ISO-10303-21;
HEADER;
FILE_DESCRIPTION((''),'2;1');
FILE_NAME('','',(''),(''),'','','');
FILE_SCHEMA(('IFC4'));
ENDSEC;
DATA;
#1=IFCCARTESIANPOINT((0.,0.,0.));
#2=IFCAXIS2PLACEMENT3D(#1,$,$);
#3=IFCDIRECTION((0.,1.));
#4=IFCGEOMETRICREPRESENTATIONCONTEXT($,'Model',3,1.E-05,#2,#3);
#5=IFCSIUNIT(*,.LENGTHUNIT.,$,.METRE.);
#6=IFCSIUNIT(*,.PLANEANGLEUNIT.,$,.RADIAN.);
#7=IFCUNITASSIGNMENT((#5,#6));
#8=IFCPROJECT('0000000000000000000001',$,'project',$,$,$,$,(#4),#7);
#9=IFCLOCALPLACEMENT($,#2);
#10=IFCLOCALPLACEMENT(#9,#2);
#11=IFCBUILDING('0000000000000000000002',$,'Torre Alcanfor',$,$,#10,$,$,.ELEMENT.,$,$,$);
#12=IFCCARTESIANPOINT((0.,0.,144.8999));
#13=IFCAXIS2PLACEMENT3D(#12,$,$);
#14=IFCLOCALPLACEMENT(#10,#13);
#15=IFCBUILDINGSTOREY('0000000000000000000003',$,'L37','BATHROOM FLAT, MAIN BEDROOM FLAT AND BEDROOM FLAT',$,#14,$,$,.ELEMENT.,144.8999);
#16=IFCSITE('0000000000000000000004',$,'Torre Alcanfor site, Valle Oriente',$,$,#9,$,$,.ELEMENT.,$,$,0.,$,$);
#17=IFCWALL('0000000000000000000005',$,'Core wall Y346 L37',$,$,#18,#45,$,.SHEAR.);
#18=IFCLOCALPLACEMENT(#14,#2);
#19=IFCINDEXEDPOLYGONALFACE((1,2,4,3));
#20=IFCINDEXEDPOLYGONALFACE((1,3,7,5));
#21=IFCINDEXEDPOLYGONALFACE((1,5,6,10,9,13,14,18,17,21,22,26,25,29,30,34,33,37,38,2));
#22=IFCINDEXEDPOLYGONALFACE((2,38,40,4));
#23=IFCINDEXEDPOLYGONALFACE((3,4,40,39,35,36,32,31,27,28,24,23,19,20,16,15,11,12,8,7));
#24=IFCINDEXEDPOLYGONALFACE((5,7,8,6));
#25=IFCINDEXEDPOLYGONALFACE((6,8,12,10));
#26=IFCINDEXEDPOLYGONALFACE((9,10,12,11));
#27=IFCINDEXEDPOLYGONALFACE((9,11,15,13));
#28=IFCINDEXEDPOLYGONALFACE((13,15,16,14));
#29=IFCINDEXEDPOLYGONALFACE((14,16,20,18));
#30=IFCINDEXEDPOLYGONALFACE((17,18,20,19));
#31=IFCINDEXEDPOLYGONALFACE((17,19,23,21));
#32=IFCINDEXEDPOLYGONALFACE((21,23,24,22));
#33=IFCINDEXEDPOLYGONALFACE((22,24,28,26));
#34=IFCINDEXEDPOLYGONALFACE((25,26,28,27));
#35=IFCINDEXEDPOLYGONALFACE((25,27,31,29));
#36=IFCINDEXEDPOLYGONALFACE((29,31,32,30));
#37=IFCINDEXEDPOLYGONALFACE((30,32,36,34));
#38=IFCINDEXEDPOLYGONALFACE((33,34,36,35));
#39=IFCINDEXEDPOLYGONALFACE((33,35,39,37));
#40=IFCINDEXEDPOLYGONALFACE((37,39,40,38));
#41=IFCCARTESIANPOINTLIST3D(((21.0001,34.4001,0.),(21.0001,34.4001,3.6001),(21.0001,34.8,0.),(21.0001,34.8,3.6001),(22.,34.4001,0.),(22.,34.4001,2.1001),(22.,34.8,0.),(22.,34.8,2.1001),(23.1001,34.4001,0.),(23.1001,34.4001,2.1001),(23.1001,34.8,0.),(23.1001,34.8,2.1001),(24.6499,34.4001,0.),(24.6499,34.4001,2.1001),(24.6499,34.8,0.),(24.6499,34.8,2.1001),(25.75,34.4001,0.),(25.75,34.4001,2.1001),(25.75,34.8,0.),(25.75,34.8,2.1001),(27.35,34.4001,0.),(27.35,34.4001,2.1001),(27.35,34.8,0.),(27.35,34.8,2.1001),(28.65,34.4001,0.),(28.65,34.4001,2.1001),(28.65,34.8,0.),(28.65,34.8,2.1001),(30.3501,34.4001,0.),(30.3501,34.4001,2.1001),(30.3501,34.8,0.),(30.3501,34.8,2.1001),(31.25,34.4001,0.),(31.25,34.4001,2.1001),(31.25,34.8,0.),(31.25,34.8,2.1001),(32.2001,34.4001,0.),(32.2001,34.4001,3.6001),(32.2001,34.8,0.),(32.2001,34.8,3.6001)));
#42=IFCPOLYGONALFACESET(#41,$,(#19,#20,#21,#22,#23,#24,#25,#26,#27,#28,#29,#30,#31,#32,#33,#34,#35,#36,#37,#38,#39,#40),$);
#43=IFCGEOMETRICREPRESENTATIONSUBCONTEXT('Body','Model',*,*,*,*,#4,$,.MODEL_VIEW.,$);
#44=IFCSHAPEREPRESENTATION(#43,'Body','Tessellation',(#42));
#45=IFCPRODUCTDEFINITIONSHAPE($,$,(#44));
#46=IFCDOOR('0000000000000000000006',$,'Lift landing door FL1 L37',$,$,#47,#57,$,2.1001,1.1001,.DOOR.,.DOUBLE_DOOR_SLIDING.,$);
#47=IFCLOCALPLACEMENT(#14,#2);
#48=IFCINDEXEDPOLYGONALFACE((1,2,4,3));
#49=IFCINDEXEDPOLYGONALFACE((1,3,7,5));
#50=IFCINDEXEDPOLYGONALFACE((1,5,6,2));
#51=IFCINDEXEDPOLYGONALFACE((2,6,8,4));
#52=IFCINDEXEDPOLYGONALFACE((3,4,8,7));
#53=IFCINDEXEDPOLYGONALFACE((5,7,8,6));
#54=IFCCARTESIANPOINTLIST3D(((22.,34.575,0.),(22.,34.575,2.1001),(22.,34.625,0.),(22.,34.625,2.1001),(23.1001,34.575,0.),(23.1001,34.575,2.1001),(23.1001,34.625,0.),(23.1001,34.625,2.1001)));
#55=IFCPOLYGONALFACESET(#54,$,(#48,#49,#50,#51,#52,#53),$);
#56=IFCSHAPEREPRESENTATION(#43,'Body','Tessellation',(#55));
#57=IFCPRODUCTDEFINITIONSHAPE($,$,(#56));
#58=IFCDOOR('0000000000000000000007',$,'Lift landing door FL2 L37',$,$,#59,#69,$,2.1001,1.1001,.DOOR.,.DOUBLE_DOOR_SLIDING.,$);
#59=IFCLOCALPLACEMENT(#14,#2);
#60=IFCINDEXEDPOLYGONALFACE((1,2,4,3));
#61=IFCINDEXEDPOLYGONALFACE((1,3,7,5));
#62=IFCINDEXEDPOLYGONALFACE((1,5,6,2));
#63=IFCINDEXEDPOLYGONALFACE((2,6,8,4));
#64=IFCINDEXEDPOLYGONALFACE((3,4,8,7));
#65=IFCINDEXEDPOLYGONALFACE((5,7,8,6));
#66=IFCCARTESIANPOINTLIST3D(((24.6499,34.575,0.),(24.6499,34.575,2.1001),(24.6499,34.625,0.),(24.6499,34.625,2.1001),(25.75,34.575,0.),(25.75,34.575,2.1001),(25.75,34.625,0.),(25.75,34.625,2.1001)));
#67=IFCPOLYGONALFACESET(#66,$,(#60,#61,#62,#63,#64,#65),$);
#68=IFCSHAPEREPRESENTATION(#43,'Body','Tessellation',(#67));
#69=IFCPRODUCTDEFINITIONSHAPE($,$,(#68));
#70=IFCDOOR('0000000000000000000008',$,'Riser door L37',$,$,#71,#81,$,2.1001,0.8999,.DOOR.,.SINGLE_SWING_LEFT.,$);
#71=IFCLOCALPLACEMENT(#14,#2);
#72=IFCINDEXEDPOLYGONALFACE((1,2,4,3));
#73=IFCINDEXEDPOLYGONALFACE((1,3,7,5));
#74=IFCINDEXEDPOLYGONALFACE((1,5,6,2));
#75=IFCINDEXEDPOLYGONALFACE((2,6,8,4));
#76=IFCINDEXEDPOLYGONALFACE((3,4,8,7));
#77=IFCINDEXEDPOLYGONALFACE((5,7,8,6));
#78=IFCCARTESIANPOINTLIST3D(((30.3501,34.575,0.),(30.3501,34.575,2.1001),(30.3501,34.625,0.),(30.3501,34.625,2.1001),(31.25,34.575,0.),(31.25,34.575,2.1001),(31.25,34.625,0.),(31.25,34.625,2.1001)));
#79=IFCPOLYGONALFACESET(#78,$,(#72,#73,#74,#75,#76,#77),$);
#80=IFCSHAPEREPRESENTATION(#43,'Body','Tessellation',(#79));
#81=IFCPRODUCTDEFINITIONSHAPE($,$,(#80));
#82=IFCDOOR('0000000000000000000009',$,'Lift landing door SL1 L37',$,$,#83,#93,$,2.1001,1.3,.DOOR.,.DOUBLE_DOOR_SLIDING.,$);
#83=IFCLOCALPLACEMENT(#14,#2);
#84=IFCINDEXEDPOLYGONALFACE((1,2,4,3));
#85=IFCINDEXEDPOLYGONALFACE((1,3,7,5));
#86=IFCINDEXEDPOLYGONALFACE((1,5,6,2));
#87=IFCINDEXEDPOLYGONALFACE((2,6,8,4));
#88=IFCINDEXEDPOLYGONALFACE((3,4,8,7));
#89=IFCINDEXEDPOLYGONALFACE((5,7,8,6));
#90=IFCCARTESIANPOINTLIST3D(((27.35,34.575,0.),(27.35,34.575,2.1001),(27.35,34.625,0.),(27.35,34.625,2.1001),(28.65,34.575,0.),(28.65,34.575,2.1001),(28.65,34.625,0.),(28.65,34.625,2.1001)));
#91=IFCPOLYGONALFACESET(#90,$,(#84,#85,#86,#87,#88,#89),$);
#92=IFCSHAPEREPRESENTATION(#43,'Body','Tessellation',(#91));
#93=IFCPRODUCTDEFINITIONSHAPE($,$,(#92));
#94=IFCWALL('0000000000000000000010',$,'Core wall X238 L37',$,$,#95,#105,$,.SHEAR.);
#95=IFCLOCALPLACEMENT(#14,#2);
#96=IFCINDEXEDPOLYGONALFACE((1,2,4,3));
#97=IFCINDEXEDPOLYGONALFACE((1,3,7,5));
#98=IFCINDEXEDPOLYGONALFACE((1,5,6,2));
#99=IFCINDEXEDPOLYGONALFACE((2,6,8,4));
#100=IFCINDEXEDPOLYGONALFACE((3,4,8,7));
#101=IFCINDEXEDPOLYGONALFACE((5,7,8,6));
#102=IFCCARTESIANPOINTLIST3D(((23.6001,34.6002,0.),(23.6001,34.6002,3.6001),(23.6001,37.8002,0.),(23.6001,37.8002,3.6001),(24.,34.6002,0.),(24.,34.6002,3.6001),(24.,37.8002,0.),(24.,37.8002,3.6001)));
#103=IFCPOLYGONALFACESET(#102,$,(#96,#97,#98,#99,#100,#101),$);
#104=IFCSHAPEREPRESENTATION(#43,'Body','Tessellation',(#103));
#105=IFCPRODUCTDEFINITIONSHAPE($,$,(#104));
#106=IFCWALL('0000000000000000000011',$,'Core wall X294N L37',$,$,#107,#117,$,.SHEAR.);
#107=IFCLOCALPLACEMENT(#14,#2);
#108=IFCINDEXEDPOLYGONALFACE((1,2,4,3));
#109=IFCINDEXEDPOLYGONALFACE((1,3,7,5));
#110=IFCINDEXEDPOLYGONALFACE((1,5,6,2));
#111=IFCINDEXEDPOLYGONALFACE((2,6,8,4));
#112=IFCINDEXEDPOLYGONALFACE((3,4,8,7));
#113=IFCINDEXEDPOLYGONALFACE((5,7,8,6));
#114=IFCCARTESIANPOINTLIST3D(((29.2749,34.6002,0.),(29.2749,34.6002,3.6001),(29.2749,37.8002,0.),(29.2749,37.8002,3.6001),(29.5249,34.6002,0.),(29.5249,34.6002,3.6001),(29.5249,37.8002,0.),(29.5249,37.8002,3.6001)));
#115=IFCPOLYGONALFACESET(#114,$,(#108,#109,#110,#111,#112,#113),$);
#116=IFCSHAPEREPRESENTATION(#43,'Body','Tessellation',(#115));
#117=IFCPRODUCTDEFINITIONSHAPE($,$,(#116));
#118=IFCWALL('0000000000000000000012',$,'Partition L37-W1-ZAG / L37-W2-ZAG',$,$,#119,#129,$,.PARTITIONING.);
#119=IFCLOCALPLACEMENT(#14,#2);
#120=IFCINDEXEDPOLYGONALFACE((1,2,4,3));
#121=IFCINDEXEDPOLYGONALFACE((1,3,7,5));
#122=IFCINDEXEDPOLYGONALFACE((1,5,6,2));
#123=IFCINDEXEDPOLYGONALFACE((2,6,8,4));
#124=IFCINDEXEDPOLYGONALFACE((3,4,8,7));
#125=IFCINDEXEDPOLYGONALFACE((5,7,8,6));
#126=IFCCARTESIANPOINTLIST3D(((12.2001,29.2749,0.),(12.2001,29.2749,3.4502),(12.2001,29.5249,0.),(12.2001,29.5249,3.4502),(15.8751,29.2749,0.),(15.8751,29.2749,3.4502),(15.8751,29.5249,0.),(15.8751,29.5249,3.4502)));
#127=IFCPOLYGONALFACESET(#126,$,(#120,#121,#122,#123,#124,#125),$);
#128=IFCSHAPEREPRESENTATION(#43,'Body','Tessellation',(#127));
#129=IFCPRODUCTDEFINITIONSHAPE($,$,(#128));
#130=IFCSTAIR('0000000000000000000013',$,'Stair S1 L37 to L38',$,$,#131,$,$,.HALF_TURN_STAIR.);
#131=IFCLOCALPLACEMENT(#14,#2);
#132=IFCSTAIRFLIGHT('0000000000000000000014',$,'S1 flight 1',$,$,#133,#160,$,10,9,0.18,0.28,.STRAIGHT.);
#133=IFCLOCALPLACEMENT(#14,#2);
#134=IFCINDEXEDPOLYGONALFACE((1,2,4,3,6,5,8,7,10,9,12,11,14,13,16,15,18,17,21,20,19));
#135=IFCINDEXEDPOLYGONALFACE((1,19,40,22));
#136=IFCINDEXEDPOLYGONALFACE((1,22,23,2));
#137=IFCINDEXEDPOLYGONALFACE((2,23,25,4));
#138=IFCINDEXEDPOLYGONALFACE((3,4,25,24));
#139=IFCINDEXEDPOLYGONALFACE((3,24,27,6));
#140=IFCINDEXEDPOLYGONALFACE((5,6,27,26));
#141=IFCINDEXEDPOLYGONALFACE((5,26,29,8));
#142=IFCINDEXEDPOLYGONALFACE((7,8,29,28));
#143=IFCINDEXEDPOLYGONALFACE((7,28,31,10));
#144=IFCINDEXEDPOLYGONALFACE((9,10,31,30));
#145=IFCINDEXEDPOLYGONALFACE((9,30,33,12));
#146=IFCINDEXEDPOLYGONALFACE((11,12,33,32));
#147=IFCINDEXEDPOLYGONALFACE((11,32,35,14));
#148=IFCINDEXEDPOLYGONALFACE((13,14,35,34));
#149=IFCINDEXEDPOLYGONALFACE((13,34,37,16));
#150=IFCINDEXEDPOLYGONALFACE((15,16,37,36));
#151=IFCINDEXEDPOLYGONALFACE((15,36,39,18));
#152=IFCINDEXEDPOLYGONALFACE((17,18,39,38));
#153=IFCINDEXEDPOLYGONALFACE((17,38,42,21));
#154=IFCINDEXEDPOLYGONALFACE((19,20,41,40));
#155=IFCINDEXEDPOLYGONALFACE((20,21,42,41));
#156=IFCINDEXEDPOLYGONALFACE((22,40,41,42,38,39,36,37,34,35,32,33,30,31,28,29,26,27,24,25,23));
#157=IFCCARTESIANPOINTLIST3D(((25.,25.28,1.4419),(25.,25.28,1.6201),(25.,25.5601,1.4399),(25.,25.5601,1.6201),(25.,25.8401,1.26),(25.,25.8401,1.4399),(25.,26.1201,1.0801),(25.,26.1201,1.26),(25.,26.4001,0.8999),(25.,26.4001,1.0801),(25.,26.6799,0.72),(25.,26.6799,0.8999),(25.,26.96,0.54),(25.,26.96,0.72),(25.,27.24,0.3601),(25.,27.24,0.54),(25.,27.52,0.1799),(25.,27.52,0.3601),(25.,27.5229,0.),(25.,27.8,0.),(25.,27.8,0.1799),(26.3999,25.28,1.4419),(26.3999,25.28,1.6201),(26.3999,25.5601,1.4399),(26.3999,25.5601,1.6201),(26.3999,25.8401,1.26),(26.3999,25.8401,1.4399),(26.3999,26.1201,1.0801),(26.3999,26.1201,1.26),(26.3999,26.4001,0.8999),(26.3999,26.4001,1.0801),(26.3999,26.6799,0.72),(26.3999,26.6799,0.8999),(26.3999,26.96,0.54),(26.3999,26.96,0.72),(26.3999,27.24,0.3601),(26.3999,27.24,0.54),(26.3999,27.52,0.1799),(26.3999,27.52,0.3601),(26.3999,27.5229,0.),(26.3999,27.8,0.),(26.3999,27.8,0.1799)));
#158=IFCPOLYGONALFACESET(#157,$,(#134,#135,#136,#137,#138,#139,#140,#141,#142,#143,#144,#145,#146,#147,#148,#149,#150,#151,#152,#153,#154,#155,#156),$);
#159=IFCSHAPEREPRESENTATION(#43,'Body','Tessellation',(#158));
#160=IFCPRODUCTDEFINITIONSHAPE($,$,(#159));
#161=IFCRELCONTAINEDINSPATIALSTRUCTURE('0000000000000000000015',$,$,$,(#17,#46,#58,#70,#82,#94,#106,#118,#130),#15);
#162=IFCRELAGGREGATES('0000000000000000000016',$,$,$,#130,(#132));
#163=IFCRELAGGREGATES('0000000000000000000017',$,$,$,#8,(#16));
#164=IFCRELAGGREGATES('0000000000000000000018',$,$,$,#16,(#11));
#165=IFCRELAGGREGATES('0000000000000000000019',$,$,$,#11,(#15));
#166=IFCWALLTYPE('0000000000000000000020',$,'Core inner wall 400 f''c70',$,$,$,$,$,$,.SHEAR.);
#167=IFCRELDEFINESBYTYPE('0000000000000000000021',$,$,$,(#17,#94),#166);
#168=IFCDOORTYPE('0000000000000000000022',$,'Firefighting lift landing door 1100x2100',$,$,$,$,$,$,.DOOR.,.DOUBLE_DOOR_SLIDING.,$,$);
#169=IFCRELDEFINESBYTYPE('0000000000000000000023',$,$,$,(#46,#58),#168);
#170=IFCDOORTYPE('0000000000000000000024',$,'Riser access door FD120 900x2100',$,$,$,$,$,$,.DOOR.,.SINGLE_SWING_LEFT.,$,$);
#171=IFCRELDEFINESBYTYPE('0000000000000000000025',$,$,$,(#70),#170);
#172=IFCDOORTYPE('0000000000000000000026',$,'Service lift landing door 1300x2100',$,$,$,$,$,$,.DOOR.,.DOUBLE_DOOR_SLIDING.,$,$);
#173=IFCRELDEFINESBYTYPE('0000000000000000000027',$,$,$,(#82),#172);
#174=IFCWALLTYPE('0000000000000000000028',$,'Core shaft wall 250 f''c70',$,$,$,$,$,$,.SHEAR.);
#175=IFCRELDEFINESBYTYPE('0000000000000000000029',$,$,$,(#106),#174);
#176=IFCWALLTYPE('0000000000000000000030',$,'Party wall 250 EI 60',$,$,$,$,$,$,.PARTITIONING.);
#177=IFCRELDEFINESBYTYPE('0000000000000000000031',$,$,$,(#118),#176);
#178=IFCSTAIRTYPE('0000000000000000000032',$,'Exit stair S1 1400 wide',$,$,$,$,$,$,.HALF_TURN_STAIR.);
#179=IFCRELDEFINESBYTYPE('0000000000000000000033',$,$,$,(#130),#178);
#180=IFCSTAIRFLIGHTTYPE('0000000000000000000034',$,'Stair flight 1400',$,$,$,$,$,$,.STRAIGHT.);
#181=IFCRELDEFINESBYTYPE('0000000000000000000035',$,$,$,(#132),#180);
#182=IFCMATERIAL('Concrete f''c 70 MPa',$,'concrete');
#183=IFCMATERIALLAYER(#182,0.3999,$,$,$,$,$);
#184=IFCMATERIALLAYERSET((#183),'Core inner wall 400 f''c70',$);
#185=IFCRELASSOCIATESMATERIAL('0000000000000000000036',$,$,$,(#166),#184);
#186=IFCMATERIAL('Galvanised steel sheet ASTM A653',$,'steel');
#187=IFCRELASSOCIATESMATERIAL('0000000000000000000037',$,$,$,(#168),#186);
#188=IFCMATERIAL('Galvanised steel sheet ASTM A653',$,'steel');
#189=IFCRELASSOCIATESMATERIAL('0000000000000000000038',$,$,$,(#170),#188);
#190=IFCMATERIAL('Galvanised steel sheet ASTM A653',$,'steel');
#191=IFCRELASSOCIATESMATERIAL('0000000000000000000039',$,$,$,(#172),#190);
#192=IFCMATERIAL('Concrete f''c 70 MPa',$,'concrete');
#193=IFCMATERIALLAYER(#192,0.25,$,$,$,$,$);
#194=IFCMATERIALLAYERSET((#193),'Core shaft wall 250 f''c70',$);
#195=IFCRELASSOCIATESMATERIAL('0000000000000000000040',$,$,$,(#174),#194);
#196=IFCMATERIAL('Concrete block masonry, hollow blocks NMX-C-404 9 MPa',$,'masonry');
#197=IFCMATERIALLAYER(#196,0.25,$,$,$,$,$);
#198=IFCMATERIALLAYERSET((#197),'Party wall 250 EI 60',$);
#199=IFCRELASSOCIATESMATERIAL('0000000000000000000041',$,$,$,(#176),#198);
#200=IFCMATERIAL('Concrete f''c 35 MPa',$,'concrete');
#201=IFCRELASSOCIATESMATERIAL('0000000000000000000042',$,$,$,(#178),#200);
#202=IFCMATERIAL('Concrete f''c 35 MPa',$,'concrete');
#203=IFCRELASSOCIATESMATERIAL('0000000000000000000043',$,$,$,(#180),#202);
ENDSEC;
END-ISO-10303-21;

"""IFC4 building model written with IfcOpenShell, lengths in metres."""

from ifc_helpers import new_model, si_unit, direction, frame, frame_2d, origin, place, context, subcontext, project, spatial, polyline, rectangle, outline, extrude, material, layer, layer_set, type_object, element, fill, aggregate, save


model = new_model("IFC4")

# Units and contexts
model_context = context("Model", 3, precision=1e-05, world=origin(), true_north=direction((0.0, 1.0)))
body_context = subcontext(model_context, "Body", "Model", "MODEL_VIEW")
ifc_project = project(units=[si_unit("LENGTHUNIT", "METRE"), si_unit("PLANEANGLEUNIT", "RADIAN")], contexts=[model_context])

# Site, building, storey
site_placement = place(None, origin())
site = spatial("IfcSite", under=ifc_project, at=site_placement, Name="Torre Alcanfor site, Valle Oriente", CompositionType="ELEMENT", RefElevation=0.0)
building_placement = place(site_placement, origin())
building = spatial("IfcBuilding", under=site, at=building_placement, Name="Torre Alcanfor", CompositionType="ELEMENT")
storey_placement = place(building_placement, frame((0.0, 0.0, 144.8999)))
storey = spatial("IfcBuildingStorey", under=building, at=storey_placement, Name="L37", Description="BATHROOM FLAT, MAIN BEDROOM FLAT AND BEDROOM FLAT", CompositionType="ELEMENT", Elevation=144.8999)

# Shared definitions
ifc_material_1 = material(Name="Concrete f'c 70 MPa", Category="concrete")
ifc_layer_1 = layer(ifc_material_1, 0.3999)
ifc_layer_set_1 = layer_set([ifc_layer_1], Name="Core inner wall 400 f'c70")
wall_type_1 = type_object("IfcWallType", Name="Core inner wall 400 f'c70", PredefinedType="SHEAR", material=ifc_layer_set_1)

# Wall, openings, doors
wall_1_placement = place(storey_placement, frame((21.0, 34.6001, 0.0), z_axis=(0.0, 0.0, 1.0), x_axis=(1.0, 0.0, 0.0)))
wall_1 = element("IfcWall", 1, at=wall_1_placement, inside=storey, type_object=wall_type_1, Name="Core wall Y346 L37", PredefinedType="SHEAR", context=body_context, shape_type="SweptSolid", body=[
    extrude(rectangle(XDim=11.2, YDim=0.3999, at=frame_2d((5.6001, 0.0))), origin(), (0.0, 0.0, 1.0), 3.6001),
])
opening_1_placement = place(wall_1_placement, frame((9.3501, 0.0, 0.0)))
opening_1 = element("IfcOpeningElement", 2, at=opening_1_placement, cuts=wall_1, PredefinedType="OPENING", context=body_context, shape_type="SweptSolid", body=[
    extrude(rectangle(XDim=0.8999, YDim=2.1001, at=frame_2d((0.45, 1.05))), frame((0.0, 0.21, 0.0), z_axis=(0.0, -1.0, 0.0), x_axis=(1.0, 0.0, 0.0)), (0.0, 0.0, 1.0), 0.4199),
])
opening_2_placement = place(wall_1_placement, frame((1.0, 0.0, 0.0)))
opening_2 = element("IfcOpeningElement", 3, at=opening_2_placement, cuts=wall_1, PredefinedType="OPENING", context=body_context, shape_type="SweptSolid", body=[
    extrude(rectangle(XDim=1.1001, YDim=2.1001, at=frame_2d((0.55, 1.05))), frame((0.0, 0.21, 0.0), z_axis=(0.0, -1.0, 0.0), x_axis=(1.0, 0.0, 0.0)), (0.0, 0.0, 1.0), 0.4199),
])
opening_3_placement = place(wall_1_placement, frame((3.6499, 0.0, 0.0)))
opening_3 = element("IfcOpeningElement", 4, at=opening_3_placement, cuts=wall_1, PredefinedType="OPENING", context=body_context, shape_type="SweptSolid", body=[
    extrude(rectangle(XDim=1.1001, YDim=2.1001, at=frame_2d((0.55, 1.05))), frame((0.0, 0.21, 0.0), z_axis=(0.0, -1.0, 0.0), x_axis=(1.0, 0.0, 0.0)), (0.0, 0.0, 1.0), 0.4199),
])
opening_4_placement = place(wall_1_placement, frame((6.3501, 0.0, 0.0)))
opening_4 = element("IfcOpeningElement", 5, at=opening_4_placement, cuts=wall_1, PredefinedType="OPENING", context=body_context, shape_type="SweptSolid", body=[
    extrude(rectangle(XDim=1.3, YDim=2.1001, at=frame_2d((0.6499, 1.05))), frame((0.0, 0.21, 0.0), z_axis=(0.0, -1.0, 0.0), x_axis=(1.0, 0.0, 0.0)), (0.0, 0.0, 1.0), 0.4199),
])
ifc_material_2 = material(Name="Galvanised steel sheet ASTM A653", Category="steel")
door_type_1 = type_object("IfcDoorType", Name="Firefighting lift landing door 1100x2100", OperationType="DOUBLE_DOOR_SLIDING", PredefinedType="DOOR", material=ifc_material_2)
door_1_placement = place(opening_2_placement, origin())
door_1 = element("IfcDoor", 6, at=door_1_placement, inside=storey, type_object=door_type_1, Name="Lift landing door FL1 L37", OperationType="DOUBLE_DOOR_SLIDING", OverallHeight=2.1001, OverallWidth=1.1001, PredefinedType="DOOR", context=body_context, shape_type="SweptSolid", body=[
    extrude(rectangle(XDim=1.1001, YDim=2.1001, at=frame_2d((0.55, 1.05))), frame((0.0, 0.0249, 0.0), z_axis=(0.0, -1.0, 0.0), x_axis=(1.0, 0.0, 0.0)), (0.0, 0.0, 1.0), 0.05),
])
fill(opening_2, door_1)
door_2_placement = place(opening_3_placement, origin())
door_2 = element("IfcDoor", 7, at=door_2_placement, inside=storey, type_object=door_type_1, Name="Lift landing door FL2 L37", OperationType="DOUBLE_DOOR_SLIDING", OverallHeight=2.1001, OverallWidth=1.1001, PredefinedType="DOOR", context=body_context, shape_type="SweptSolid", body=[
    extrude(rectangle(XDim=1.1001, YDim=2.1001, at=frame_2d((0.55, 1.05))), frame((0.0, 0.0249, 0.0), z_axis=(0.0, -1.0, 0.0), x_axis=(1.0, 0.0, 0.0)), (0.0, 0.0, 1.0), 0.05),
])
fill(opening_3, door_2)
ifc_material_3 = material(Name="Galvanised steel sheet ASTM A653", Category="steel")
door_type_2 = type_object("IfcDoorType", Name="Riser access door FD120 900x2100", OperationType="SINGLE_SWING_LEFT", PredefinedType="DOOR", material=ifc_material_3)
door_3_placement = place(opening_1_placement, origin())
door_3 = element("IfcDoor", 8, at=door_3_placement, inside=storey, type_object=door_type_2, Name="Riser door L37", OperationType="SINGLE_SWING_LEFT", OverallHeight=2.1001, OverallWidth=0.8999, PredefinedType="DOOR", context=body_context, shape_type="SweptSolid", body=[
    extrude(rectangle(XDim=0.8999, YDim=2.1001, at=frame_2d((0.45, 1.05))), frame((0.0, 0.0249, 0.0), z_axis=(0.0, -1.0, 0.0), x_axis=(1.0, 0.0, 0.0)), (0.0, 0.0, 1.0), 0.05),
])
fill(opening_1, door_3)
ifc_material_4 = material(Name="Galvanised steel sheet ASTM A653", Category="steel")
door_type_3 = type_object("IfcDoorType", Name="Service lift landing door 1300x2100", OperationType="DOUBLE_DOOR_SLIDING", PredefinedType="DOOR", material=ifc_material_4)
door_4_placement = place(opening_4_placement, origin())
door_4 = element("IfcDoor", 9, at=door_4_placement, inside=storey, type_object=door_type_3, Name="Lift landing door SL1 L37", OperationType="DOUBLE_DOOR_SLIDING", OverallHeight=2.1001, OverallWidth=1.3, PredefinedType="DOOR", context=body_context, shape_type="SweptSolid", body=[
    extrude(rectangle(XDim=1.3, YDim=2.1001, at=frame_2d((0.6499, 1.05))), frame((0.0, 0.0249, 0.0), z_axis=(0.0, -1.0, 0.0), x_axis=(1.0, 0.0, 0.0)), (0.0, 0.0, 1.0), 0.05),
])
fill(opening_4, door_4)

# Walls
wall_2_placement = place(storey_placement, frame((23.8, 34.6001, 0.0), z_axis=(0.0, 0.0, 1.0), x_axis=(0.0, 1.0, 0.0)))
element("IfcWall", 10, at=wall_2_placement, inside=storey, type_object=wall_type_1, Name="Core wall X238 L37", PredefinedType="SHEAR", context=body_context, shape_type="SweptSolid", body=[
    extrude(rectangle(XDim=3.2, YDim=0.3999, at=frame_2d((1.6001, 0.0))), origin(), (0.0, 0.0, 1.0), 3.6001),
])
ifc_material_5 = material(Name="Concrete f'c 70 MPa", Category="concrete")
ifc_layer_2 = layer(ifc_material_5, 0.25)
ifc_layer_set_2 = layer_set([ifc_layer_2], Name="Core shaft wall 250 f'c70")
wall_type_2 = type_object("IfcWallType", Name="Core shaft wall 250 f'c70", PredefinedType="SHEAR", material=ifc_layer_set_2)
wall_3_placement = place(storey_placement, frame((29.3999, 34.6001, 0.0), z_axis=(0.0, 0.0, 1.0), x_axis=(0.0, 1.0, 0.0)))
element("IfcWall", 11, at=wall_3_placement, inside=storey, type_object=wall_type_2, Name="Core wall X294N L37", PredefinedType="SHEAR", context=body_context, shape_type="SweptSolid", body=[
    extrude(rectangle(XDim=3.2, YDim=0.25, at=frame_2d((1.6001, 0.0))), origin(), (0.0, 0.0, 1.0), 3.6001),
])
ifc_material_6 = material(Name="Concrete block masonry, hollow blocks NMX-C-404 9 MPa", Category="masonry")
ifc_layer_3 = layer(ifc_material_6, 0.25)
ifc_layer_set_3 = layer_set([ifc_layer_3], Name="Party wall 250 EI 60")
wall_type_3 = type_object("IfcWallType", Name="Party wall 250 EI 60", PredefinedType="PARTITIONING", material=ifc_layer_set_3)
wall_4_placement = place(storey_placement, frame((15.875, 29.3999, 0.0), z_axis=(0.0, 0.0, 1.0), x_axis=(-1.0, 0.0, 0.0)))
element("IfcWall", 12, at=wall_4_placement, inside=storey, type_object=wall_type_3, Name="Partition L37-W1-ZAG / L37-W2-ZAG", PredefinedType="PARTITIONING", context=body_context, shape_type="SweptSolid", body=[
    extrude(rectangle(XDim=3.675, YDim=0.25, at=frame_2d((1.8374, 0.0))), origin(), (0.0, 0.0, 1.0), 3.4502),
])

# Stair, stair flight
ifc_material_7 = material(Name="Concrete f'c 35 MPa", Category="concrete")
stair_type = type_object("IfcStairType", Name="Exit stair S1 1400 wide", PredefinedType="HALF_TURN_STAIR", material=ifc_material_7)
stair_placement = place(storey_placement, origin())
stair = element("IfcStair", 13, at=stair_placement, inside=storey, type_object=stair_type, Name="Stair S1 L37 to L38", PredefinedType="HALF_TURN_STAIR")
ifc_material_8 = material(Name="Concrete f'c 35 MPa", Category="concrete")
stair_flight_type = type_object("IfcStairFlightType", Name="Stair flight 1400", PredefinedType="STRAIGHT", material=ifc_material_8)
stair_flight_placement = place(storey_placement, frame((25.7, 27.8, 0.0), z_axis=(0.0, 0.0, 1.0), x_axis=(0.0, -1.0, 0.0)))
stair_flight = element("IfcStairFlight", 14, at=stair_flight_placement, type_object=stair_flight_type, Name="S1 flight 1", NumberOfRisers=10, NumberOfTreads=9, PredefinedType="STRAIGHT", RiserHeight=0.18, TreadLength=0.28, context=body_context, shape_type="SweptSolid", body=[
    extrude(outline(polyline([(0.0, 0.0), (0.0, 0.1799), (0.28, 0.1799), (0.28, 0.3601), (0.5601, 0.3601), (0.5601, 0.54), (0.8401, 0.54), (0.8401, 0.72), (1.1201, 0.72), (1.1201, 0.8999), (1.3999, 0.8999), (1.3999, 1.0801), (1.6799, 1.0801), (1.6799, 1.26), (1.96, 1.26), (1.96, 1.4399), (2.24, 1.4399), (2.24, 1.6201), (2.52, 1.6201), (2.52, 1.8), (2.52, 1.4419), (0.2771, 0.0), (0.0, 0.0)])), frame((0.0, 0.7, 0.0), z_axis=(0.0, -1.0, 0.0), x_axis=(1.0, 0.0, 0.0)), (0.0, 0.0, 1.0), 1.3999),
])
aggregate(stair, [stair_flight])

save(model, "model.ifc")
